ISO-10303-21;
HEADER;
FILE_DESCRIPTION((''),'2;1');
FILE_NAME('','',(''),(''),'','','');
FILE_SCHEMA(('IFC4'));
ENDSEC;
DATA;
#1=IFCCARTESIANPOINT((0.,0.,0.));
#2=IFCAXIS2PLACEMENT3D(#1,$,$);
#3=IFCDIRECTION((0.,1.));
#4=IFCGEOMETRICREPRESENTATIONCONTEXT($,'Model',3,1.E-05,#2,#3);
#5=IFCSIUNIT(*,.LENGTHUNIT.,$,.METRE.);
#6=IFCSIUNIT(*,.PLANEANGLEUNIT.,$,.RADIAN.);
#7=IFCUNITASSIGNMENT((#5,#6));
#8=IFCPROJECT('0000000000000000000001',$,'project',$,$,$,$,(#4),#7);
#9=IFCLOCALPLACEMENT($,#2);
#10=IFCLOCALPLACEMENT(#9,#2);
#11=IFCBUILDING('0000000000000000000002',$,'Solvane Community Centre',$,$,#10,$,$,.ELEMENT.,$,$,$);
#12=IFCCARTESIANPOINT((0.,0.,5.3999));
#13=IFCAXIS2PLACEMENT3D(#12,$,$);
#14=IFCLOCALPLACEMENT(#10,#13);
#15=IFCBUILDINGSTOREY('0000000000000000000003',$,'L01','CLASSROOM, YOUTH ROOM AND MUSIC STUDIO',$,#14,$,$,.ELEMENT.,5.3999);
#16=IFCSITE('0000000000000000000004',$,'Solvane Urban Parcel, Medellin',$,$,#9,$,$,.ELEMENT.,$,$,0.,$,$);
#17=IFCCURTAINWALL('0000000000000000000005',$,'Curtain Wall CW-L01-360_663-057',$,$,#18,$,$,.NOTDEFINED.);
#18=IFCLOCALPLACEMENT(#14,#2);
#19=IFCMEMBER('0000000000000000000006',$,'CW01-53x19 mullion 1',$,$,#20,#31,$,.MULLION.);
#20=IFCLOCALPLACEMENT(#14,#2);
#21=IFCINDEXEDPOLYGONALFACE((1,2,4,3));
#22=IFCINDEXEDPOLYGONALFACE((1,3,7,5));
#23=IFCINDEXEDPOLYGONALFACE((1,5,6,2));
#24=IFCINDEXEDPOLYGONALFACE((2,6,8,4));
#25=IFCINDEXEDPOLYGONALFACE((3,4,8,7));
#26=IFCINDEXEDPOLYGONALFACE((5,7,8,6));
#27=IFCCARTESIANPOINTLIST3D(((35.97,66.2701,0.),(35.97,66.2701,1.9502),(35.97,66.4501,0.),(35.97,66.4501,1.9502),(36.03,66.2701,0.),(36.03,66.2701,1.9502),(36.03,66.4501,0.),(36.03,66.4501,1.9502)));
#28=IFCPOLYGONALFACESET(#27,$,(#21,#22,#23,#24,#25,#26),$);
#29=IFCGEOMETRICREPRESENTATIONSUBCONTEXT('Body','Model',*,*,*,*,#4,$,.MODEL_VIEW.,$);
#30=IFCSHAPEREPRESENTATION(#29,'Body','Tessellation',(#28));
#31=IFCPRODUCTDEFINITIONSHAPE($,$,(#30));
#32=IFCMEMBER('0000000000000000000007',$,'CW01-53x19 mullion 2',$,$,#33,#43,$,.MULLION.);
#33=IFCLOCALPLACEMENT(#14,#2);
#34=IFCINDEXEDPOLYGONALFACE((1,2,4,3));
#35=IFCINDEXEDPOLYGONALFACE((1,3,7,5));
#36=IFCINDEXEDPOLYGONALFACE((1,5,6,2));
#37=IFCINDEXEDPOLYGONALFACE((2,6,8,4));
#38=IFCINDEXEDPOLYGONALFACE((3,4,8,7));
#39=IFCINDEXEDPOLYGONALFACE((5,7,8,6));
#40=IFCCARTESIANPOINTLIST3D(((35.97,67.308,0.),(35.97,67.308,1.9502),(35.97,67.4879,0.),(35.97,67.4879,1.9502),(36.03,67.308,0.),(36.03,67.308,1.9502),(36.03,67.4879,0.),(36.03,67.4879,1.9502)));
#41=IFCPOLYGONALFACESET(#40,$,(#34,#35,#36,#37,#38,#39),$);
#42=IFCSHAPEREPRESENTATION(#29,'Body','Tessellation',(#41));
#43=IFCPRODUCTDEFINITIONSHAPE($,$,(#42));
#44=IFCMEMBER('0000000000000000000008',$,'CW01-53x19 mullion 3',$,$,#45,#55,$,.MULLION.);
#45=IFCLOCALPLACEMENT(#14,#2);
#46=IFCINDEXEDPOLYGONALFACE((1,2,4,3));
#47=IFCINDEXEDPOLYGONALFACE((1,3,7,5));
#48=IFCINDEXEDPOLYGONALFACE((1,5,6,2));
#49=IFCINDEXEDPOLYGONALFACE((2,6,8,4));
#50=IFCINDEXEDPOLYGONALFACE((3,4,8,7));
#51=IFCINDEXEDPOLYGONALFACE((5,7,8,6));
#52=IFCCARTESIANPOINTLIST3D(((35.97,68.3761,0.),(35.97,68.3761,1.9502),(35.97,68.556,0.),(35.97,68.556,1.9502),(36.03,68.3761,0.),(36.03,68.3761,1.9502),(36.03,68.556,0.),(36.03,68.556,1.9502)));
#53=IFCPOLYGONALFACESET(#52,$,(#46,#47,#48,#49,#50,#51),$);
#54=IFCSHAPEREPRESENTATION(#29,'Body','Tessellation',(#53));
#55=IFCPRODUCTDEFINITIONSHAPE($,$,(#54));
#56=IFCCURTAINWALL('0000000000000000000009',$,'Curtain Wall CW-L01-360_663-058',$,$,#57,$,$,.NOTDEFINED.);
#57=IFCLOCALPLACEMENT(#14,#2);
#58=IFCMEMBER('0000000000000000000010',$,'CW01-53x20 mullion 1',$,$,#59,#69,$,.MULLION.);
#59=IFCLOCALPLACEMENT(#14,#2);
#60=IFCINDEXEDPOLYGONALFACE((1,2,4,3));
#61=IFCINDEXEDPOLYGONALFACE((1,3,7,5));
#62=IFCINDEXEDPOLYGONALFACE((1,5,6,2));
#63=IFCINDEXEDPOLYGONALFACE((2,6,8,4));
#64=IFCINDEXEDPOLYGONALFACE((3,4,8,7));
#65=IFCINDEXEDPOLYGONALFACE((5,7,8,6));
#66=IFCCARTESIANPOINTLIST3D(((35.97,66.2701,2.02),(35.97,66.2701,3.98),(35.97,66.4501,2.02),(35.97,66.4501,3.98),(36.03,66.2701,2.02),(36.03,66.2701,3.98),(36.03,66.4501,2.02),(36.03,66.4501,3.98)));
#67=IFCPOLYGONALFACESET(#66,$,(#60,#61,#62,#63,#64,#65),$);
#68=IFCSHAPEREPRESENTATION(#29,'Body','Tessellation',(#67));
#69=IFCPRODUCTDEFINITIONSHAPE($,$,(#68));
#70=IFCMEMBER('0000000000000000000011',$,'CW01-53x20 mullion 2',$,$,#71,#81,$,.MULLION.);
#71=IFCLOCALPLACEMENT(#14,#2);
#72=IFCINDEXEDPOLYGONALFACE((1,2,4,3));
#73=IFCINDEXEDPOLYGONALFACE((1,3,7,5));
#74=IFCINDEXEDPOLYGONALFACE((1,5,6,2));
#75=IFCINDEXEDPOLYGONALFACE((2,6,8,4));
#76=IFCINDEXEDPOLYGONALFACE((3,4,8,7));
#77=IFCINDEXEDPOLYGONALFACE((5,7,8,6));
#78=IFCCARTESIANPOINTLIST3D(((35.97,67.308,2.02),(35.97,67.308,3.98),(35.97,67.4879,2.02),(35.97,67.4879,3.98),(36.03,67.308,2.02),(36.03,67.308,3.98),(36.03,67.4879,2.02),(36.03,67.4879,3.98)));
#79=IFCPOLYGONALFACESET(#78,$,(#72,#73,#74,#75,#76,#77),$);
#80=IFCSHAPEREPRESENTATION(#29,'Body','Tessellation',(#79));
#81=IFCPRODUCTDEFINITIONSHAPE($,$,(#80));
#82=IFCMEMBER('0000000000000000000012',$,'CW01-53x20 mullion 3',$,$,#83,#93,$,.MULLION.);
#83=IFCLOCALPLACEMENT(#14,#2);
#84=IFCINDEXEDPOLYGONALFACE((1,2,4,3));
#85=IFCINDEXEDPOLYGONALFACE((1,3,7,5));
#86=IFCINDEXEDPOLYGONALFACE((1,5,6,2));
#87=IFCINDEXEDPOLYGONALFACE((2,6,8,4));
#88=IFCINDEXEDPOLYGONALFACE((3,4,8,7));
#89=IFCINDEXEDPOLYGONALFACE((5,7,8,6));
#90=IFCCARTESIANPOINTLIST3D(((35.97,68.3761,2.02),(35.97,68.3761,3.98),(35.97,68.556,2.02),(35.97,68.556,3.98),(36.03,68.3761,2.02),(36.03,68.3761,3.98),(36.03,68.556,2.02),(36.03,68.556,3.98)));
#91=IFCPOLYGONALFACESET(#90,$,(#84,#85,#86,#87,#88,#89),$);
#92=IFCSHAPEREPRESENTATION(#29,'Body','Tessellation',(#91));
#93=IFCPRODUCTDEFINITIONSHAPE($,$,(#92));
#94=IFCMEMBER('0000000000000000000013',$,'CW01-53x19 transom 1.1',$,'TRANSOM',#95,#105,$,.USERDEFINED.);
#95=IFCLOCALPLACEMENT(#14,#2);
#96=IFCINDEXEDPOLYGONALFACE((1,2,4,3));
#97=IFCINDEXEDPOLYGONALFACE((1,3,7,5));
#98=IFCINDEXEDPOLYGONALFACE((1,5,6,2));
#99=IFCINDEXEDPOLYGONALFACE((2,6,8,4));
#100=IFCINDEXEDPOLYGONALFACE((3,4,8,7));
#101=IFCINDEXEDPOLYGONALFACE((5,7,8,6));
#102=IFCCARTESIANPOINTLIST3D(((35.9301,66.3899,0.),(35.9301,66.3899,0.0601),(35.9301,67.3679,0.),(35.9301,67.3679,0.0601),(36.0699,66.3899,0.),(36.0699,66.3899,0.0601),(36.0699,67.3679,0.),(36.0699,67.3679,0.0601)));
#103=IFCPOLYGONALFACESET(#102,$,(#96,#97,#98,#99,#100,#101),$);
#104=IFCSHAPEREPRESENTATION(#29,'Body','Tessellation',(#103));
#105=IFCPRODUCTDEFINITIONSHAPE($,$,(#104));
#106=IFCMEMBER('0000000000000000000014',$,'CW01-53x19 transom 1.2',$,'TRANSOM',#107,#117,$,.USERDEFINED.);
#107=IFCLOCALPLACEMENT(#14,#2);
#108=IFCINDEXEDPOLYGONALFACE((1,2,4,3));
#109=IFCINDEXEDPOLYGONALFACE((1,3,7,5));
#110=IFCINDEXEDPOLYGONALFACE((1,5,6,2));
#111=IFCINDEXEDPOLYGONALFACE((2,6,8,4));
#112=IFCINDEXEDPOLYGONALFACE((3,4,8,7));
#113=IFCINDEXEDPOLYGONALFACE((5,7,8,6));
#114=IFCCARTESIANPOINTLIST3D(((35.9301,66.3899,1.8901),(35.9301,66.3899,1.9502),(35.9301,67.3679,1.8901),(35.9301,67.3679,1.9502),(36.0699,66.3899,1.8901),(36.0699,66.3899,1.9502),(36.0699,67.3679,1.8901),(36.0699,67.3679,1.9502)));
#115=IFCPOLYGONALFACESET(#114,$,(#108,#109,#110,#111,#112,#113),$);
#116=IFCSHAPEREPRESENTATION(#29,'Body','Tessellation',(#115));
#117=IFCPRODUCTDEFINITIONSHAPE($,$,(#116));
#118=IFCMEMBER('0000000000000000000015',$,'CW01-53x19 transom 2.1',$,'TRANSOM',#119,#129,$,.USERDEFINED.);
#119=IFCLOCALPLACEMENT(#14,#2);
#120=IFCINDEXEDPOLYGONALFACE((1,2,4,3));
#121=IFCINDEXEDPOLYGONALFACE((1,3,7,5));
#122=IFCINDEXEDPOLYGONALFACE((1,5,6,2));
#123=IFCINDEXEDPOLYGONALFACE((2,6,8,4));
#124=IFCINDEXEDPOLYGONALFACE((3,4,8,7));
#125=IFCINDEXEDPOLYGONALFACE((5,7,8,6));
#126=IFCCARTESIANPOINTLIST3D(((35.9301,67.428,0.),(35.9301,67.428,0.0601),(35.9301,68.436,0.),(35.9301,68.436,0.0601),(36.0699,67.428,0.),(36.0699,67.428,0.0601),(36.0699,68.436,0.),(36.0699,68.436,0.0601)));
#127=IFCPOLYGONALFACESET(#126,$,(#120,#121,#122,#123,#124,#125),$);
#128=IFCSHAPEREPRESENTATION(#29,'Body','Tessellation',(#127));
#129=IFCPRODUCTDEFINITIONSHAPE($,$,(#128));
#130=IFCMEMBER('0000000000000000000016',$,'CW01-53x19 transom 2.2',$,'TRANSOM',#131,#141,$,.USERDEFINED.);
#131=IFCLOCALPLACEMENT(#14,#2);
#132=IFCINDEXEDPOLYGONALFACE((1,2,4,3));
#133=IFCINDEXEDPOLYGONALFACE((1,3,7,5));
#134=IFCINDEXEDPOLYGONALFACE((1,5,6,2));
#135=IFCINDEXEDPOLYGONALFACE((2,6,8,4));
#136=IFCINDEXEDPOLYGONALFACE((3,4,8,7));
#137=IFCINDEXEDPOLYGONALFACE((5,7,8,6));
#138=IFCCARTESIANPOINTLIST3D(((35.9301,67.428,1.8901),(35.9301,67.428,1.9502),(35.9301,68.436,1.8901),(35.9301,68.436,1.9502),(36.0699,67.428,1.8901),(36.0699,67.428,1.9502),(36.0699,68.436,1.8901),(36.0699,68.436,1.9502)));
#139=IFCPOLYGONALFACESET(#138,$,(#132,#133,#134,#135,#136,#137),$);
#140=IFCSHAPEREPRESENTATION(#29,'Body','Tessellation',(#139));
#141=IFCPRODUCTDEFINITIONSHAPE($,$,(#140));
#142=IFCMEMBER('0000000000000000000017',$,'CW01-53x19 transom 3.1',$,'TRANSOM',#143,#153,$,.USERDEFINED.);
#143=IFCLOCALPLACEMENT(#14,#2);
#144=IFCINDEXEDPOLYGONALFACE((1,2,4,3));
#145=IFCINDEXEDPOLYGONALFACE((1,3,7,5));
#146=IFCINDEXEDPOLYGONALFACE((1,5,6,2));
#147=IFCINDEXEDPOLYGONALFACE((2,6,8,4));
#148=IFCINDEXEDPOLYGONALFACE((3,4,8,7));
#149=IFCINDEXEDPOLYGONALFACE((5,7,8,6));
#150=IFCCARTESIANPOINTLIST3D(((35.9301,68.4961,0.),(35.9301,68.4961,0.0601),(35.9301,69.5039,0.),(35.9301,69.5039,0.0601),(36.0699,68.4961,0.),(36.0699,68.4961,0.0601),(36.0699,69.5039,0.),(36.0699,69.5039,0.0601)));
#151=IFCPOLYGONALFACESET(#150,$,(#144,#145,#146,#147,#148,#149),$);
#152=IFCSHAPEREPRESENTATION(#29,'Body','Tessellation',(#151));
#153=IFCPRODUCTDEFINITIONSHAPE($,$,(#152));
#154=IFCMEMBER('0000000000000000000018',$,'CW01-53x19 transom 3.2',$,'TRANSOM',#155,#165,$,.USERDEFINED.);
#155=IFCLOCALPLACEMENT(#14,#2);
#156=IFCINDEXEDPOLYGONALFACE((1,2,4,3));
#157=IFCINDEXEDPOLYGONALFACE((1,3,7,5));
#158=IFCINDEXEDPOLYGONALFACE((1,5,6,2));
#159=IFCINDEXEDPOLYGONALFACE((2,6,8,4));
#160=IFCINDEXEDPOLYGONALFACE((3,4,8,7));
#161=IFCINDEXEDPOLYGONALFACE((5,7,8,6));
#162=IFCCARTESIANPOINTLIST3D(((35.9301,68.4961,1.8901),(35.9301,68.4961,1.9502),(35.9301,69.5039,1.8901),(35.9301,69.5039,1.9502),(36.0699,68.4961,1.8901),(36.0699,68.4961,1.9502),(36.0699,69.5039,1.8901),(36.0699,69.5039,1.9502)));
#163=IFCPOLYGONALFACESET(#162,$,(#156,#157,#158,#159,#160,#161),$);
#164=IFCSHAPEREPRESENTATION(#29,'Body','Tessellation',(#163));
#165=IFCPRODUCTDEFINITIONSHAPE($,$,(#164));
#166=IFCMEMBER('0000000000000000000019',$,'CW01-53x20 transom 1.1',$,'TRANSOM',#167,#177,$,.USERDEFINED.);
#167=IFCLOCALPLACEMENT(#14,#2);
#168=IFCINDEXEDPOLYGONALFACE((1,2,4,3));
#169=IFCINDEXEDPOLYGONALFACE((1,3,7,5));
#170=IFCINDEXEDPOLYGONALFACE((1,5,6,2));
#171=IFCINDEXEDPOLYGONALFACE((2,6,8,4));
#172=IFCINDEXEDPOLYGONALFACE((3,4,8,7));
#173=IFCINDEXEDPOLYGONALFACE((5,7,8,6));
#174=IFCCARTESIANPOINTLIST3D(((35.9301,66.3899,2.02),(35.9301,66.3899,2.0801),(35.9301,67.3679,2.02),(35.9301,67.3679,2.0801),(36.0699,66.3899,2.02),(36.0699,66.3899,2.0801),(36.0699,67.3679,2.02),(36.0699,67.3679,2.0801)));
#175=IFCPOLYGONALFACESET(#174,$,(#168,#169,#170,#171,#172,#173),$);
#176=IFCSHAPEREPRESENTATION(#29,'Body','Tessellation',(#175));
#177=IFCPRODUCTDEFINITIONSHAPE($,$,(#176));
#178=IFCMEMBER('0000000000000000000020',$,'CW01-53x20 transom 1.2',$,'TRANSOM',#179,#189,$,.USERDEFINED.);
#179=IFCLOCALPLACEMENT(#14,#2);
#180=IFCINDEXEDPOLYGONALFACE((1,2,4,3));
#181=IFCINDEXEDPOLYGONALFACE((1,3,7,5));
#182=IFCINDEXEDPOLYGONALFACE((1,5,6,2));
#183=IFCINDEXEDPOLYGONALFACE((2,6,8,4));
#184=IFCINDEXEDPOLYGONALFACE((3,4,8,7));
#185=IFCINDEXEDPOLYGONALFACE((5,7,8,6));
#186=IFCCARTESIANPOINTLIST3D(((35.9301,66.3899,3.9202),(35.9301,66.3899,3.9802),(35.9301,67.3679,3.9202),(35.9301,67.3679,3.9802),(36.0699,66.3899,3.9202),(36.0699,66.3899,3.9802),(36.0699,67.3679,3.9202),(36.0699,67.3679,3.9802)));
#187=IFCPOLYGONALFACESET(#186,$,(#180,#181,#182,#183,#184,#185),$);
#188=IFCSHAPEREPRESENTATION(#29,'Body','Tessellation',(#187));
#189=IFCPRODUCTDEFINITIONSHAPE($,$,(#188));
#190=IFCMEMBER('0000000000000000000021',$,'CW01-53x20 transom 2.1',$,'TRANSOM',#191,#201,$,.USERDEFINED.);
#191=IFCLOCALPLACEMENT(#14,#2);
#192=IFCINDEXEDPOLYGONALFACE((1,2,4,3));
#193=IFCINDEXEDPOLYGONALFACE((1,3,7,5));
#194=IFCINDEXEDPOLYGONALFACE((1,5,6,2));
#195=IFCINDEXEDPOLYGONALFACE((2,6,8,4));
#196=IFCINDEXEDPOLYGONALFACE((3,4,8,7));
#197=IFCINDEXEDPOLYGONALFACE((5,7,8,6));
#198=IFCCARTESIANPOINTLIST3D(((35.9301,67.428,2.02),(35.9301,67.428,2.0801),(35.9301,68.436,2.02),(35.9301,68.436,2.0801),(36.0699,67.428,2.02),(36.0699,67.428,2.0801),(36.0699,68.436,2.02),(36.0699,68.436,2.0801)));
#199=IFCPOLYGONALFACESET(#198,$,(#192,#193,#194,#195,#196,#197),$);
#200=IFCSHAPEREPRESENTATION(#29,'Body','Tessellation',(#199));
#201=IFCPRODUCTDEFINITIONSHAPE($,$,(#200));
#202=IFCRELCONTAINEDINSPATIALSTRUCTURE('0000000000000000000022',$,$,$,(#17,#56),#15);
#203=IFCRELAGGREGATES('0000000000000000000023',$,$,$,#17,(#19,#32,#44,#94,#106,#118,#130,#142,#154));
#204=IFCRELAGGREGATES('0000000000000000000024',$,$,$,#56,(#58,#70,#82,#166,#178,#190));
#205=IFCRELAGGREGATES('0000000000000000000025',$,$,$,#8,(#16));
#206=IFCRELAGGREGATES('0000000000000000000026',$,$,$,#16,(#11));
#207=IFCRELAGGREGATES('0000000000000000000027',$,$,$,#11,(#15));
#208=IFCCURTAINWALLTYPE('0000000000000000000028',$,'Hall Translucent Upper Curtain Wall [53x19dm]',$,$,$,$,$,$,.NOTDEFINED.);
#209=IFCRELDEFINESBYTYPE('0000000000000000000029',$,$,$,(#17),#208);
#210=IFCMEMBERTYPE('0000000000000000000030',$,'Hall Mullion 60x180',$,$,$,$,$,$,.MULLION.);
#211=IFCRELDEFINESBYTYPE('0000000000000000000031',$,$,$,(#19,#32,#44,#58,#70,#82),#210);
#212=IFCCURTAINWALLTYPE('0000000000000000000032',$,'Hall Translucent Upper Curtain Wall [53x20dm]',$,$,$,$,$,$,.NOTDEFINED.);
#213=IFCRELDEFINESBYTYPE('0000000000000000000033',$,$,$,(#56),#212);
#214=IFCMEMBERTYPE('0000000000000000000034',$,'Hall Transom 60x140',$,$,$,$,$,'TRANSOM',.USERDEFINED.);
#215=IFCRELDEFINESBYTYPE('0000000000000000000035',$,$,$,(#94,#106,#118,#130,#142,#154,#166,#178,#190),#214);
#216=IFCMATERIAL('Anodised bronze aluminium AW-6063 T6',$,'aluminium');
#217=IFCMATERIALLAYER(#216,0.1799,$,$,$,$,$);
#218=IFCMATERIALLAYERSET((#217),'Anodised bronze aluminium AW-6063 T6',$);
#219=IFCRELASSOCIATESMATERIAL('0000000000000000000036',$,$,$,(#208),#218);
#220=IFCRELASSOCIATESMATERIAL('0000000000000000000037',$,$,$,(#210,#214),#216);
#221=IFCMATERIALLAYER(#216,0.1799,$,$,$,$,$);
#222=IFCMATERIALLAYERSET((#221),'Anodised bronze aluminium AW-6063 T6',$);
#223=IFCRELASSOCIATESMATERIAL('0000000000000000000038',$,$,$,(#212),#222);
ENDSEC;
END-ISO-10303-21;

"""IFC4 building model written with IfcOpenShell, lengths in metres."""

from ifc_helpers import new_model, si_unit, direction, frame, origin, origin_2d, place, context, subcontext, project, spatial, rectangle, extrude, material, layer, layer_set, material_profile, profile_set, type_object, element, aggregate, save


model = new_model("IFC4")

# Units and contexts
model_context = context("Model", 3, precision=1e-05, world=origin(), true_north=direction((0.0, 1.0)))
body_context = subcontext(model_context, "Body", "Model", "MODEL_VIEW")
ifc_project = project(units=[si_unit("LENGTHUNIT", "METRE"), si_unit("PLANEANGLEUNIT", "RADIAN")], contexts=[model_context])

# Site, building, storey
site_placement = place(None, origin())
site = spatial("IfcSite", under=ifc_project, at=site_placement, Name="Solvane Urban Parcel, Medellin", CompositionType="ELEMENT", RefElevation=0.0)
building_placement = place(site_placement, origin())
building = spatial("IfcBuilding", under=site, at=building_placement, Name="Solvane Community Centre", CompositionType="ELEMENT")
storey_placement = place(building_placement, frame((0.0, 0.0, 5.3999)))
storey = spatial("IfcBuildingStorey", under=building, at=storey_placement, Name="L01", Description="CLASSROOM, YOUTH ROOM AND MUSIC STUDIO", CompositionType="ELEMENT", Elevation=5.3999)

# Curtain walls, members
ifc_material_1 = material(Name="Anodised bronze aluminium AW-6063 T6", Category="aluminium")
ifc_layer_1 = layer(ifc_material_1, 0.1799)
ifc_layer_set_1 = layer_set([ifc_layer_1], Name="Anodised bronze aluminium AW-6063 T6")
curtain_wall_type_1 = type_object("IfcCurtainWallType", Name="Hall Translucent Upper Curtain Wall [53x19dm]", PredefinedType="NOTDEFINED", material=ifc_layer_set_1)
curtain_wall_1_placement = place(storey_placement, origin())
curtain_wall_1 = element("IfcCurtainWall", 1, at=curtain_wall_1_placement, inside=storey, type_object=curtain_wall_type_1, Name="Curtain Wall CW-L01-360_663-057", PredefinedType="NOTDEFINED")
ifc_material_profile_1 = material_profile(ifc_material_1, rectangle(XDim=0.0601, YDim=0.1799, at=origin_2d()), Name="CW-M 60x180")
ifc_profile_set_1 = profile_set([ifc_material_profile_1], Name="Anodised bronze aluminium AW-6063 T6")
member_type_1 = type_object("IfcMemberType", Name="Hall Mullion 60x180", PredefinedType="MULLION", material=ifc_profile_set_1)
member_1_placement = place(storey_placement, frame((36.0, 66.3601, 0.0), z_axis=(0.0, 0.0, 1.0), x_axis=(-1.0, 0.0, 0.0)))
member_1 = element("IfcMember", 2, at=member_1_placement, type_object=member_type_1, Name="CW01-53x19 mullion 1", PredefinedType="MULLION", context=body_context, shape_type="SweptSolid", body=[
    extrude(rectangle(XDim=0.0601, YDim=0.1799, at=origin_2d()), origin(), (0.0, 0.0, 1.0), 1.9502),
])
member_2_placement = place(storey_placement, frame((36.0, 67.3979, 0.0), z_axis=(0.0, 0.0, 1.0), x_axis=(-1.0, 0.0, 0.0)))
member_2 = element("IfcMember", 3, at=member_2_placement, type_object=member_type_1, Name="CW01-53x19 mullion 2", PredefinedType="MULLION", context=body_context, shape_type="SweptSolid", body=[
    extrude(rectangle(XDim=0.0601, YDim=0.1799, at=origin_2d()), origin(), (0.0, 0.0, 1.0), 1.9502),
])
member_3_placement = place(storey_placement, frame((36.0, 68.4661, 0.0), z_axis=(0.0, 0.0, 1.0), x_axis=(-1.0, 0.0, 0.0)))
member_3 = element("IfcMember", 4, at=member_3_placement, type_object=member_type_1, Name="CW01-53x19 mullion 3", PredefinedType="MULLION", context=body_context, shape_type="SweptSolid", body=[
    extrude(rectangle(XDim=0.0601, YDim=0.1799, at=origin_2d()), origin(), (0.0, 0.0, 1.0), 1.9502),
])
ifc_layer_2 = layer(ifc_material_1, 0.1799)
ifc_layer_set_2 = layer_set([ifc_layer_2], Name="Anodised bronze aluminium AW-6063 T6")
curtain_wall_type_2 = type_object("IfcCurtainWallType", Name="Hall Translucent Upper Curtain Wall [53x20dm]", PredefinedType="NOTDEFINED", material=ifc_layer_set_2)
curtain_wall_2_placement = place(storey_placement, origin())
curtain_wall_2 = element("IfcCurtainWall", 5, at=curtain_wall_2_placement, inside=storey, type_object=curtain_wall_type_2, Name="Curtain Wall CW-L01-360_663-058", PredefinedType="NOTDEFINED")
member_4_placement = place(storey_placement, frame((36.0, 66.3601, 2.02), z_axis=(0.0, 0.0, 1.0), x_axis=(-1.0, 0.0, 0.0)))
member_4 = element("IfcMember", 6, at=member_4_placement, type_object=member_type_1, Name="CW01-53x20 mullion 1", PredefinedType="MULLION", context=body_context, shape_type="SweptSolid", body=[
    extrude(rectangle(XDim=0.0601, YDim=0.1799, at=origin_2d()), origin(), (0.0, 0.0, 1.0), 1.96),
])
member_5_placement = place(storey_placement, frame((36.0, 67.3979, 2.02), z_axis=(0.0, 0.0, 1.0), x_axis=(-1.0, 0.0, 0.0)))
member_5 = element("IfcMember", 7, at=member_5_placement, type_object=member_type_1, Name="CW01-53x20 mullion 2", PredefinedType="MULLION", context=body_context, shape_type="SweptSolid", body=[
    extrude(rectangle(XDim=0.0601, YDim=0.1799, at=origin_2d()), origin(), (0.0, 0.0, 1.0), 1.96),
])
member_6_placement = place(storey_placement, frame((36.0, 68.4661, 2.02), z_axis=(0.0, 0.0, 1.0), x_axis=(-1.0, 0.0, 0.0)))
member_6 = element("IfcMember", 8, at=member_6_placement, type_object=member_type_1, Name="CW01-53x20 mullion 3", PredefinedType="MULLION", context=body_context, shape_type="SweptSolid", body=[
    extrude(rectangle(XDim=0.0601, YDim=0.1799, at=origin_2d()), origin(), (0.0, 0.0, 1.0), 1.96),
])

# Members
ifc_material_profile_2 = material_profile(ifc_material_1, rectangle(XDim=0.1399, YDim=0.0601, at=origin_2d()), Name="CW-T 60x140")
ifc_profile_set_2 = profile_set([ifc_material_profile_2], Name="Anodised bronze aluminium AW-6063 T6")
member_type_2 = type_object("IfcMemberType", Name="Hall Transom 60x140", ElementType="TRANSOM", PredefinedType="USERDEFINED", material=ifc_profile_set_2)
member_7_placement = place(storey_placement, frame((36.0, 66.3899, 0.03), z_axis=(0.0, 1.0, 0.0), x_axis=(-1.0, 0.0, 0.0)))
member_7 = element("IfcMember", 9, at=member_7_placement, type_object=member_type_2, Name="CW01-53x19 transom 1.1", ObjectType="TRANSOM", PredefinedType="USERDEFINED", context=body_context, shape_type="SweptSolid", body=[
    extrude(rectangle(XDim=0.1399, YDim=0.0601, at=origin_2d()), origin(), (0.0, 0.0, 1.0), 0.978),
])
member_8_placement = place(storey_placement, frame((36.0, 66.3899, 1.9202), z_axis=(0.0, 1.0, 0.0), x_axis=(-1.0, 0.0, 0.0)))
member_8 = element("IfcMember", 10, at=member_8_placement, type_object=member_type_2, Name="CW01-53x19 transom 1.2", ObjectType="TRANSOM", PredefinedType="USERDEFINED", context=body_context, shape_type="SweptSolid", body=[
    extrude(rectangle(XDim=0.1399, YDim=0.0601, at=origin_2d()), origin(), (0.0, 0.0, 1.0), 0.978),
])
member_9_placement = place(storey_placement, frame((36.0, 67.428, 0.03), z_axis=(0.0, 1.0, 0.0), x_axis=(-1.0, 0.0, 0.0)))
member_9 = element("IfcMember", 11, at=member_9_placement, type_object=member_type_2, Name="CW01-53x19 transom 2.1", ObjectType="TRANSOM", PredefinedType="USERDEFINED", context=body_context, shape_type="SweptSolid", body=[
    extrude(rectangle(XDim=0.1399, YDim=0.0601, at=origin_2d()), origin(), (0.0, 0.0, 1.0), 1.0081),
])
member_10_placement = place(storey_placement, frame((36.0, 67.428, 1.9202), z_axis=(0.0, 1.0, 0.0), x_axis=(-1.0, 0.0, 0.0)))
member_10 = element("IfcMember", 12, at=member_10_placement, type_object=member_type_2, Name="CW01-53x19 transom 2.2", ObjectType="TRANSOM", PredefinedType="USERDEFINED", context=body_context, shape_type="SweptSolid", body=[
    extrude(rectangle(XDim=0.1399, YDim=0.0601, at=origin_2d()), origin(), (0.0, 0.0, 1.0), 1.0081),
])
member_11_placement = place(storey_placement, frame((36.0, 68.4961, 0.03), z_axis=(0.0, 1.0, 0.0), x_axis=(-1.0, 0.0, 0.0)))
member_11 = element("IfcMember", 13, at=member_11_placement, type_object=member_type_2, Name="CW01-53x19 transom 3.1", ObjectType="TRANSOM", PredefinedType="USERDEFINED", context=body_context, shape_type="SweptSolid", body=[
    extrude(rectangle(XDim=0.1399, YDim=0.0601, at=origin_2d()), origin(), (0.0, 0.0, 1.0), 1.0078),
])
member_12_placement = place(storey_placement, frame((36.0, 68.4961, 1.9202), z_axis=(0.0, 1.0, 0.0), x_axis=(-1.0, 0.0, 0.0)))
member_12 = element("IfcMember", 14, at=member_12_placement, type_object=member_type_2, Name="CW01-53x19 transom 3.2", ObjectType="TRANSOM", PredefinedType="USERDEFINED", context=body_context, shape_type="SweptSolid", body=[
    extrude(rectangle(XDim=0.1399, YDim=0.0601, at=origin_2d()), origin(), (0.0, 0.0, 1.0), 1.0078),
])
member_13_placement = place(storey_placement, frame((36.0, 66.3899, 2.05), z_axis=(0.0, 1.0, 0.0), x_axis=(-1.0, 0.0, 0.0)))
member_13 = element("IfcMember", 15, at=member_13_placement, type_object=member_type_2, Name="CW01-53x20 transom 1.1", ObjectType="TRANSOM", PredefinedType="USERDEFINED", context=body_context, shape_type="SweptSolid", body=[
    extrude(rectangle(XDim=0.1399, YDim=0.0601, at=origin_2d()), origin(), (0.0, 0.0, 1.0), 0.978),
])
member_14_placement = place(storey_placement, frame((36.0, 66.3899, 3.9502), z_axis=(0.0, 1.0, 0.0), x_axis=(-1.0, 0.0, 0.0)))
member_14 = element("IfcMember", 16, at=member_14_placement, type_object=member_type_2, Name="CW01-53x20 transom 1.2", ObjectType="TRANSOM", PredefinedType="USERDEFINED", context=body_context, shape_type="SweptSolid", body=[
    extrude(rectangle(XDim=0.1399, YDim=0.0601, at=origin_2d()), origin(), (0.0, 0.0, 1.0), 0.978),
])
member_15_placement = place(storey_placement, frame((36.0, 67.428, 2.05), z_axis=(0.0, 1.0, 0.0), x_axis=(-1.0, 0.0, 0.0)))
member_15 = element("IfcMember", 17, at=member_15_placement, type_object=member_type_2, Name="CW01-53x20 transom 2.1", ObjectType="TRANSOM", PredefinedType="USERDEFINED", context=body_context, shape_type="SweptSolid", body=[
    extrude(rectangle(XDim=0.1399, YDim=0.0601, at=origin_2d()), origin(), (0.0, 0.0, 1.0), 1.0081),
])

aggregate(curtain_wall_1, [member_1, member_2, member_3, member_7, member_8, member_9, member_10, member_11, member_12])
aggregate(curtain_wall_2, [member_4, member_5, member_6, member_13, member_14, member_15])

save(model, "model.ifc")
